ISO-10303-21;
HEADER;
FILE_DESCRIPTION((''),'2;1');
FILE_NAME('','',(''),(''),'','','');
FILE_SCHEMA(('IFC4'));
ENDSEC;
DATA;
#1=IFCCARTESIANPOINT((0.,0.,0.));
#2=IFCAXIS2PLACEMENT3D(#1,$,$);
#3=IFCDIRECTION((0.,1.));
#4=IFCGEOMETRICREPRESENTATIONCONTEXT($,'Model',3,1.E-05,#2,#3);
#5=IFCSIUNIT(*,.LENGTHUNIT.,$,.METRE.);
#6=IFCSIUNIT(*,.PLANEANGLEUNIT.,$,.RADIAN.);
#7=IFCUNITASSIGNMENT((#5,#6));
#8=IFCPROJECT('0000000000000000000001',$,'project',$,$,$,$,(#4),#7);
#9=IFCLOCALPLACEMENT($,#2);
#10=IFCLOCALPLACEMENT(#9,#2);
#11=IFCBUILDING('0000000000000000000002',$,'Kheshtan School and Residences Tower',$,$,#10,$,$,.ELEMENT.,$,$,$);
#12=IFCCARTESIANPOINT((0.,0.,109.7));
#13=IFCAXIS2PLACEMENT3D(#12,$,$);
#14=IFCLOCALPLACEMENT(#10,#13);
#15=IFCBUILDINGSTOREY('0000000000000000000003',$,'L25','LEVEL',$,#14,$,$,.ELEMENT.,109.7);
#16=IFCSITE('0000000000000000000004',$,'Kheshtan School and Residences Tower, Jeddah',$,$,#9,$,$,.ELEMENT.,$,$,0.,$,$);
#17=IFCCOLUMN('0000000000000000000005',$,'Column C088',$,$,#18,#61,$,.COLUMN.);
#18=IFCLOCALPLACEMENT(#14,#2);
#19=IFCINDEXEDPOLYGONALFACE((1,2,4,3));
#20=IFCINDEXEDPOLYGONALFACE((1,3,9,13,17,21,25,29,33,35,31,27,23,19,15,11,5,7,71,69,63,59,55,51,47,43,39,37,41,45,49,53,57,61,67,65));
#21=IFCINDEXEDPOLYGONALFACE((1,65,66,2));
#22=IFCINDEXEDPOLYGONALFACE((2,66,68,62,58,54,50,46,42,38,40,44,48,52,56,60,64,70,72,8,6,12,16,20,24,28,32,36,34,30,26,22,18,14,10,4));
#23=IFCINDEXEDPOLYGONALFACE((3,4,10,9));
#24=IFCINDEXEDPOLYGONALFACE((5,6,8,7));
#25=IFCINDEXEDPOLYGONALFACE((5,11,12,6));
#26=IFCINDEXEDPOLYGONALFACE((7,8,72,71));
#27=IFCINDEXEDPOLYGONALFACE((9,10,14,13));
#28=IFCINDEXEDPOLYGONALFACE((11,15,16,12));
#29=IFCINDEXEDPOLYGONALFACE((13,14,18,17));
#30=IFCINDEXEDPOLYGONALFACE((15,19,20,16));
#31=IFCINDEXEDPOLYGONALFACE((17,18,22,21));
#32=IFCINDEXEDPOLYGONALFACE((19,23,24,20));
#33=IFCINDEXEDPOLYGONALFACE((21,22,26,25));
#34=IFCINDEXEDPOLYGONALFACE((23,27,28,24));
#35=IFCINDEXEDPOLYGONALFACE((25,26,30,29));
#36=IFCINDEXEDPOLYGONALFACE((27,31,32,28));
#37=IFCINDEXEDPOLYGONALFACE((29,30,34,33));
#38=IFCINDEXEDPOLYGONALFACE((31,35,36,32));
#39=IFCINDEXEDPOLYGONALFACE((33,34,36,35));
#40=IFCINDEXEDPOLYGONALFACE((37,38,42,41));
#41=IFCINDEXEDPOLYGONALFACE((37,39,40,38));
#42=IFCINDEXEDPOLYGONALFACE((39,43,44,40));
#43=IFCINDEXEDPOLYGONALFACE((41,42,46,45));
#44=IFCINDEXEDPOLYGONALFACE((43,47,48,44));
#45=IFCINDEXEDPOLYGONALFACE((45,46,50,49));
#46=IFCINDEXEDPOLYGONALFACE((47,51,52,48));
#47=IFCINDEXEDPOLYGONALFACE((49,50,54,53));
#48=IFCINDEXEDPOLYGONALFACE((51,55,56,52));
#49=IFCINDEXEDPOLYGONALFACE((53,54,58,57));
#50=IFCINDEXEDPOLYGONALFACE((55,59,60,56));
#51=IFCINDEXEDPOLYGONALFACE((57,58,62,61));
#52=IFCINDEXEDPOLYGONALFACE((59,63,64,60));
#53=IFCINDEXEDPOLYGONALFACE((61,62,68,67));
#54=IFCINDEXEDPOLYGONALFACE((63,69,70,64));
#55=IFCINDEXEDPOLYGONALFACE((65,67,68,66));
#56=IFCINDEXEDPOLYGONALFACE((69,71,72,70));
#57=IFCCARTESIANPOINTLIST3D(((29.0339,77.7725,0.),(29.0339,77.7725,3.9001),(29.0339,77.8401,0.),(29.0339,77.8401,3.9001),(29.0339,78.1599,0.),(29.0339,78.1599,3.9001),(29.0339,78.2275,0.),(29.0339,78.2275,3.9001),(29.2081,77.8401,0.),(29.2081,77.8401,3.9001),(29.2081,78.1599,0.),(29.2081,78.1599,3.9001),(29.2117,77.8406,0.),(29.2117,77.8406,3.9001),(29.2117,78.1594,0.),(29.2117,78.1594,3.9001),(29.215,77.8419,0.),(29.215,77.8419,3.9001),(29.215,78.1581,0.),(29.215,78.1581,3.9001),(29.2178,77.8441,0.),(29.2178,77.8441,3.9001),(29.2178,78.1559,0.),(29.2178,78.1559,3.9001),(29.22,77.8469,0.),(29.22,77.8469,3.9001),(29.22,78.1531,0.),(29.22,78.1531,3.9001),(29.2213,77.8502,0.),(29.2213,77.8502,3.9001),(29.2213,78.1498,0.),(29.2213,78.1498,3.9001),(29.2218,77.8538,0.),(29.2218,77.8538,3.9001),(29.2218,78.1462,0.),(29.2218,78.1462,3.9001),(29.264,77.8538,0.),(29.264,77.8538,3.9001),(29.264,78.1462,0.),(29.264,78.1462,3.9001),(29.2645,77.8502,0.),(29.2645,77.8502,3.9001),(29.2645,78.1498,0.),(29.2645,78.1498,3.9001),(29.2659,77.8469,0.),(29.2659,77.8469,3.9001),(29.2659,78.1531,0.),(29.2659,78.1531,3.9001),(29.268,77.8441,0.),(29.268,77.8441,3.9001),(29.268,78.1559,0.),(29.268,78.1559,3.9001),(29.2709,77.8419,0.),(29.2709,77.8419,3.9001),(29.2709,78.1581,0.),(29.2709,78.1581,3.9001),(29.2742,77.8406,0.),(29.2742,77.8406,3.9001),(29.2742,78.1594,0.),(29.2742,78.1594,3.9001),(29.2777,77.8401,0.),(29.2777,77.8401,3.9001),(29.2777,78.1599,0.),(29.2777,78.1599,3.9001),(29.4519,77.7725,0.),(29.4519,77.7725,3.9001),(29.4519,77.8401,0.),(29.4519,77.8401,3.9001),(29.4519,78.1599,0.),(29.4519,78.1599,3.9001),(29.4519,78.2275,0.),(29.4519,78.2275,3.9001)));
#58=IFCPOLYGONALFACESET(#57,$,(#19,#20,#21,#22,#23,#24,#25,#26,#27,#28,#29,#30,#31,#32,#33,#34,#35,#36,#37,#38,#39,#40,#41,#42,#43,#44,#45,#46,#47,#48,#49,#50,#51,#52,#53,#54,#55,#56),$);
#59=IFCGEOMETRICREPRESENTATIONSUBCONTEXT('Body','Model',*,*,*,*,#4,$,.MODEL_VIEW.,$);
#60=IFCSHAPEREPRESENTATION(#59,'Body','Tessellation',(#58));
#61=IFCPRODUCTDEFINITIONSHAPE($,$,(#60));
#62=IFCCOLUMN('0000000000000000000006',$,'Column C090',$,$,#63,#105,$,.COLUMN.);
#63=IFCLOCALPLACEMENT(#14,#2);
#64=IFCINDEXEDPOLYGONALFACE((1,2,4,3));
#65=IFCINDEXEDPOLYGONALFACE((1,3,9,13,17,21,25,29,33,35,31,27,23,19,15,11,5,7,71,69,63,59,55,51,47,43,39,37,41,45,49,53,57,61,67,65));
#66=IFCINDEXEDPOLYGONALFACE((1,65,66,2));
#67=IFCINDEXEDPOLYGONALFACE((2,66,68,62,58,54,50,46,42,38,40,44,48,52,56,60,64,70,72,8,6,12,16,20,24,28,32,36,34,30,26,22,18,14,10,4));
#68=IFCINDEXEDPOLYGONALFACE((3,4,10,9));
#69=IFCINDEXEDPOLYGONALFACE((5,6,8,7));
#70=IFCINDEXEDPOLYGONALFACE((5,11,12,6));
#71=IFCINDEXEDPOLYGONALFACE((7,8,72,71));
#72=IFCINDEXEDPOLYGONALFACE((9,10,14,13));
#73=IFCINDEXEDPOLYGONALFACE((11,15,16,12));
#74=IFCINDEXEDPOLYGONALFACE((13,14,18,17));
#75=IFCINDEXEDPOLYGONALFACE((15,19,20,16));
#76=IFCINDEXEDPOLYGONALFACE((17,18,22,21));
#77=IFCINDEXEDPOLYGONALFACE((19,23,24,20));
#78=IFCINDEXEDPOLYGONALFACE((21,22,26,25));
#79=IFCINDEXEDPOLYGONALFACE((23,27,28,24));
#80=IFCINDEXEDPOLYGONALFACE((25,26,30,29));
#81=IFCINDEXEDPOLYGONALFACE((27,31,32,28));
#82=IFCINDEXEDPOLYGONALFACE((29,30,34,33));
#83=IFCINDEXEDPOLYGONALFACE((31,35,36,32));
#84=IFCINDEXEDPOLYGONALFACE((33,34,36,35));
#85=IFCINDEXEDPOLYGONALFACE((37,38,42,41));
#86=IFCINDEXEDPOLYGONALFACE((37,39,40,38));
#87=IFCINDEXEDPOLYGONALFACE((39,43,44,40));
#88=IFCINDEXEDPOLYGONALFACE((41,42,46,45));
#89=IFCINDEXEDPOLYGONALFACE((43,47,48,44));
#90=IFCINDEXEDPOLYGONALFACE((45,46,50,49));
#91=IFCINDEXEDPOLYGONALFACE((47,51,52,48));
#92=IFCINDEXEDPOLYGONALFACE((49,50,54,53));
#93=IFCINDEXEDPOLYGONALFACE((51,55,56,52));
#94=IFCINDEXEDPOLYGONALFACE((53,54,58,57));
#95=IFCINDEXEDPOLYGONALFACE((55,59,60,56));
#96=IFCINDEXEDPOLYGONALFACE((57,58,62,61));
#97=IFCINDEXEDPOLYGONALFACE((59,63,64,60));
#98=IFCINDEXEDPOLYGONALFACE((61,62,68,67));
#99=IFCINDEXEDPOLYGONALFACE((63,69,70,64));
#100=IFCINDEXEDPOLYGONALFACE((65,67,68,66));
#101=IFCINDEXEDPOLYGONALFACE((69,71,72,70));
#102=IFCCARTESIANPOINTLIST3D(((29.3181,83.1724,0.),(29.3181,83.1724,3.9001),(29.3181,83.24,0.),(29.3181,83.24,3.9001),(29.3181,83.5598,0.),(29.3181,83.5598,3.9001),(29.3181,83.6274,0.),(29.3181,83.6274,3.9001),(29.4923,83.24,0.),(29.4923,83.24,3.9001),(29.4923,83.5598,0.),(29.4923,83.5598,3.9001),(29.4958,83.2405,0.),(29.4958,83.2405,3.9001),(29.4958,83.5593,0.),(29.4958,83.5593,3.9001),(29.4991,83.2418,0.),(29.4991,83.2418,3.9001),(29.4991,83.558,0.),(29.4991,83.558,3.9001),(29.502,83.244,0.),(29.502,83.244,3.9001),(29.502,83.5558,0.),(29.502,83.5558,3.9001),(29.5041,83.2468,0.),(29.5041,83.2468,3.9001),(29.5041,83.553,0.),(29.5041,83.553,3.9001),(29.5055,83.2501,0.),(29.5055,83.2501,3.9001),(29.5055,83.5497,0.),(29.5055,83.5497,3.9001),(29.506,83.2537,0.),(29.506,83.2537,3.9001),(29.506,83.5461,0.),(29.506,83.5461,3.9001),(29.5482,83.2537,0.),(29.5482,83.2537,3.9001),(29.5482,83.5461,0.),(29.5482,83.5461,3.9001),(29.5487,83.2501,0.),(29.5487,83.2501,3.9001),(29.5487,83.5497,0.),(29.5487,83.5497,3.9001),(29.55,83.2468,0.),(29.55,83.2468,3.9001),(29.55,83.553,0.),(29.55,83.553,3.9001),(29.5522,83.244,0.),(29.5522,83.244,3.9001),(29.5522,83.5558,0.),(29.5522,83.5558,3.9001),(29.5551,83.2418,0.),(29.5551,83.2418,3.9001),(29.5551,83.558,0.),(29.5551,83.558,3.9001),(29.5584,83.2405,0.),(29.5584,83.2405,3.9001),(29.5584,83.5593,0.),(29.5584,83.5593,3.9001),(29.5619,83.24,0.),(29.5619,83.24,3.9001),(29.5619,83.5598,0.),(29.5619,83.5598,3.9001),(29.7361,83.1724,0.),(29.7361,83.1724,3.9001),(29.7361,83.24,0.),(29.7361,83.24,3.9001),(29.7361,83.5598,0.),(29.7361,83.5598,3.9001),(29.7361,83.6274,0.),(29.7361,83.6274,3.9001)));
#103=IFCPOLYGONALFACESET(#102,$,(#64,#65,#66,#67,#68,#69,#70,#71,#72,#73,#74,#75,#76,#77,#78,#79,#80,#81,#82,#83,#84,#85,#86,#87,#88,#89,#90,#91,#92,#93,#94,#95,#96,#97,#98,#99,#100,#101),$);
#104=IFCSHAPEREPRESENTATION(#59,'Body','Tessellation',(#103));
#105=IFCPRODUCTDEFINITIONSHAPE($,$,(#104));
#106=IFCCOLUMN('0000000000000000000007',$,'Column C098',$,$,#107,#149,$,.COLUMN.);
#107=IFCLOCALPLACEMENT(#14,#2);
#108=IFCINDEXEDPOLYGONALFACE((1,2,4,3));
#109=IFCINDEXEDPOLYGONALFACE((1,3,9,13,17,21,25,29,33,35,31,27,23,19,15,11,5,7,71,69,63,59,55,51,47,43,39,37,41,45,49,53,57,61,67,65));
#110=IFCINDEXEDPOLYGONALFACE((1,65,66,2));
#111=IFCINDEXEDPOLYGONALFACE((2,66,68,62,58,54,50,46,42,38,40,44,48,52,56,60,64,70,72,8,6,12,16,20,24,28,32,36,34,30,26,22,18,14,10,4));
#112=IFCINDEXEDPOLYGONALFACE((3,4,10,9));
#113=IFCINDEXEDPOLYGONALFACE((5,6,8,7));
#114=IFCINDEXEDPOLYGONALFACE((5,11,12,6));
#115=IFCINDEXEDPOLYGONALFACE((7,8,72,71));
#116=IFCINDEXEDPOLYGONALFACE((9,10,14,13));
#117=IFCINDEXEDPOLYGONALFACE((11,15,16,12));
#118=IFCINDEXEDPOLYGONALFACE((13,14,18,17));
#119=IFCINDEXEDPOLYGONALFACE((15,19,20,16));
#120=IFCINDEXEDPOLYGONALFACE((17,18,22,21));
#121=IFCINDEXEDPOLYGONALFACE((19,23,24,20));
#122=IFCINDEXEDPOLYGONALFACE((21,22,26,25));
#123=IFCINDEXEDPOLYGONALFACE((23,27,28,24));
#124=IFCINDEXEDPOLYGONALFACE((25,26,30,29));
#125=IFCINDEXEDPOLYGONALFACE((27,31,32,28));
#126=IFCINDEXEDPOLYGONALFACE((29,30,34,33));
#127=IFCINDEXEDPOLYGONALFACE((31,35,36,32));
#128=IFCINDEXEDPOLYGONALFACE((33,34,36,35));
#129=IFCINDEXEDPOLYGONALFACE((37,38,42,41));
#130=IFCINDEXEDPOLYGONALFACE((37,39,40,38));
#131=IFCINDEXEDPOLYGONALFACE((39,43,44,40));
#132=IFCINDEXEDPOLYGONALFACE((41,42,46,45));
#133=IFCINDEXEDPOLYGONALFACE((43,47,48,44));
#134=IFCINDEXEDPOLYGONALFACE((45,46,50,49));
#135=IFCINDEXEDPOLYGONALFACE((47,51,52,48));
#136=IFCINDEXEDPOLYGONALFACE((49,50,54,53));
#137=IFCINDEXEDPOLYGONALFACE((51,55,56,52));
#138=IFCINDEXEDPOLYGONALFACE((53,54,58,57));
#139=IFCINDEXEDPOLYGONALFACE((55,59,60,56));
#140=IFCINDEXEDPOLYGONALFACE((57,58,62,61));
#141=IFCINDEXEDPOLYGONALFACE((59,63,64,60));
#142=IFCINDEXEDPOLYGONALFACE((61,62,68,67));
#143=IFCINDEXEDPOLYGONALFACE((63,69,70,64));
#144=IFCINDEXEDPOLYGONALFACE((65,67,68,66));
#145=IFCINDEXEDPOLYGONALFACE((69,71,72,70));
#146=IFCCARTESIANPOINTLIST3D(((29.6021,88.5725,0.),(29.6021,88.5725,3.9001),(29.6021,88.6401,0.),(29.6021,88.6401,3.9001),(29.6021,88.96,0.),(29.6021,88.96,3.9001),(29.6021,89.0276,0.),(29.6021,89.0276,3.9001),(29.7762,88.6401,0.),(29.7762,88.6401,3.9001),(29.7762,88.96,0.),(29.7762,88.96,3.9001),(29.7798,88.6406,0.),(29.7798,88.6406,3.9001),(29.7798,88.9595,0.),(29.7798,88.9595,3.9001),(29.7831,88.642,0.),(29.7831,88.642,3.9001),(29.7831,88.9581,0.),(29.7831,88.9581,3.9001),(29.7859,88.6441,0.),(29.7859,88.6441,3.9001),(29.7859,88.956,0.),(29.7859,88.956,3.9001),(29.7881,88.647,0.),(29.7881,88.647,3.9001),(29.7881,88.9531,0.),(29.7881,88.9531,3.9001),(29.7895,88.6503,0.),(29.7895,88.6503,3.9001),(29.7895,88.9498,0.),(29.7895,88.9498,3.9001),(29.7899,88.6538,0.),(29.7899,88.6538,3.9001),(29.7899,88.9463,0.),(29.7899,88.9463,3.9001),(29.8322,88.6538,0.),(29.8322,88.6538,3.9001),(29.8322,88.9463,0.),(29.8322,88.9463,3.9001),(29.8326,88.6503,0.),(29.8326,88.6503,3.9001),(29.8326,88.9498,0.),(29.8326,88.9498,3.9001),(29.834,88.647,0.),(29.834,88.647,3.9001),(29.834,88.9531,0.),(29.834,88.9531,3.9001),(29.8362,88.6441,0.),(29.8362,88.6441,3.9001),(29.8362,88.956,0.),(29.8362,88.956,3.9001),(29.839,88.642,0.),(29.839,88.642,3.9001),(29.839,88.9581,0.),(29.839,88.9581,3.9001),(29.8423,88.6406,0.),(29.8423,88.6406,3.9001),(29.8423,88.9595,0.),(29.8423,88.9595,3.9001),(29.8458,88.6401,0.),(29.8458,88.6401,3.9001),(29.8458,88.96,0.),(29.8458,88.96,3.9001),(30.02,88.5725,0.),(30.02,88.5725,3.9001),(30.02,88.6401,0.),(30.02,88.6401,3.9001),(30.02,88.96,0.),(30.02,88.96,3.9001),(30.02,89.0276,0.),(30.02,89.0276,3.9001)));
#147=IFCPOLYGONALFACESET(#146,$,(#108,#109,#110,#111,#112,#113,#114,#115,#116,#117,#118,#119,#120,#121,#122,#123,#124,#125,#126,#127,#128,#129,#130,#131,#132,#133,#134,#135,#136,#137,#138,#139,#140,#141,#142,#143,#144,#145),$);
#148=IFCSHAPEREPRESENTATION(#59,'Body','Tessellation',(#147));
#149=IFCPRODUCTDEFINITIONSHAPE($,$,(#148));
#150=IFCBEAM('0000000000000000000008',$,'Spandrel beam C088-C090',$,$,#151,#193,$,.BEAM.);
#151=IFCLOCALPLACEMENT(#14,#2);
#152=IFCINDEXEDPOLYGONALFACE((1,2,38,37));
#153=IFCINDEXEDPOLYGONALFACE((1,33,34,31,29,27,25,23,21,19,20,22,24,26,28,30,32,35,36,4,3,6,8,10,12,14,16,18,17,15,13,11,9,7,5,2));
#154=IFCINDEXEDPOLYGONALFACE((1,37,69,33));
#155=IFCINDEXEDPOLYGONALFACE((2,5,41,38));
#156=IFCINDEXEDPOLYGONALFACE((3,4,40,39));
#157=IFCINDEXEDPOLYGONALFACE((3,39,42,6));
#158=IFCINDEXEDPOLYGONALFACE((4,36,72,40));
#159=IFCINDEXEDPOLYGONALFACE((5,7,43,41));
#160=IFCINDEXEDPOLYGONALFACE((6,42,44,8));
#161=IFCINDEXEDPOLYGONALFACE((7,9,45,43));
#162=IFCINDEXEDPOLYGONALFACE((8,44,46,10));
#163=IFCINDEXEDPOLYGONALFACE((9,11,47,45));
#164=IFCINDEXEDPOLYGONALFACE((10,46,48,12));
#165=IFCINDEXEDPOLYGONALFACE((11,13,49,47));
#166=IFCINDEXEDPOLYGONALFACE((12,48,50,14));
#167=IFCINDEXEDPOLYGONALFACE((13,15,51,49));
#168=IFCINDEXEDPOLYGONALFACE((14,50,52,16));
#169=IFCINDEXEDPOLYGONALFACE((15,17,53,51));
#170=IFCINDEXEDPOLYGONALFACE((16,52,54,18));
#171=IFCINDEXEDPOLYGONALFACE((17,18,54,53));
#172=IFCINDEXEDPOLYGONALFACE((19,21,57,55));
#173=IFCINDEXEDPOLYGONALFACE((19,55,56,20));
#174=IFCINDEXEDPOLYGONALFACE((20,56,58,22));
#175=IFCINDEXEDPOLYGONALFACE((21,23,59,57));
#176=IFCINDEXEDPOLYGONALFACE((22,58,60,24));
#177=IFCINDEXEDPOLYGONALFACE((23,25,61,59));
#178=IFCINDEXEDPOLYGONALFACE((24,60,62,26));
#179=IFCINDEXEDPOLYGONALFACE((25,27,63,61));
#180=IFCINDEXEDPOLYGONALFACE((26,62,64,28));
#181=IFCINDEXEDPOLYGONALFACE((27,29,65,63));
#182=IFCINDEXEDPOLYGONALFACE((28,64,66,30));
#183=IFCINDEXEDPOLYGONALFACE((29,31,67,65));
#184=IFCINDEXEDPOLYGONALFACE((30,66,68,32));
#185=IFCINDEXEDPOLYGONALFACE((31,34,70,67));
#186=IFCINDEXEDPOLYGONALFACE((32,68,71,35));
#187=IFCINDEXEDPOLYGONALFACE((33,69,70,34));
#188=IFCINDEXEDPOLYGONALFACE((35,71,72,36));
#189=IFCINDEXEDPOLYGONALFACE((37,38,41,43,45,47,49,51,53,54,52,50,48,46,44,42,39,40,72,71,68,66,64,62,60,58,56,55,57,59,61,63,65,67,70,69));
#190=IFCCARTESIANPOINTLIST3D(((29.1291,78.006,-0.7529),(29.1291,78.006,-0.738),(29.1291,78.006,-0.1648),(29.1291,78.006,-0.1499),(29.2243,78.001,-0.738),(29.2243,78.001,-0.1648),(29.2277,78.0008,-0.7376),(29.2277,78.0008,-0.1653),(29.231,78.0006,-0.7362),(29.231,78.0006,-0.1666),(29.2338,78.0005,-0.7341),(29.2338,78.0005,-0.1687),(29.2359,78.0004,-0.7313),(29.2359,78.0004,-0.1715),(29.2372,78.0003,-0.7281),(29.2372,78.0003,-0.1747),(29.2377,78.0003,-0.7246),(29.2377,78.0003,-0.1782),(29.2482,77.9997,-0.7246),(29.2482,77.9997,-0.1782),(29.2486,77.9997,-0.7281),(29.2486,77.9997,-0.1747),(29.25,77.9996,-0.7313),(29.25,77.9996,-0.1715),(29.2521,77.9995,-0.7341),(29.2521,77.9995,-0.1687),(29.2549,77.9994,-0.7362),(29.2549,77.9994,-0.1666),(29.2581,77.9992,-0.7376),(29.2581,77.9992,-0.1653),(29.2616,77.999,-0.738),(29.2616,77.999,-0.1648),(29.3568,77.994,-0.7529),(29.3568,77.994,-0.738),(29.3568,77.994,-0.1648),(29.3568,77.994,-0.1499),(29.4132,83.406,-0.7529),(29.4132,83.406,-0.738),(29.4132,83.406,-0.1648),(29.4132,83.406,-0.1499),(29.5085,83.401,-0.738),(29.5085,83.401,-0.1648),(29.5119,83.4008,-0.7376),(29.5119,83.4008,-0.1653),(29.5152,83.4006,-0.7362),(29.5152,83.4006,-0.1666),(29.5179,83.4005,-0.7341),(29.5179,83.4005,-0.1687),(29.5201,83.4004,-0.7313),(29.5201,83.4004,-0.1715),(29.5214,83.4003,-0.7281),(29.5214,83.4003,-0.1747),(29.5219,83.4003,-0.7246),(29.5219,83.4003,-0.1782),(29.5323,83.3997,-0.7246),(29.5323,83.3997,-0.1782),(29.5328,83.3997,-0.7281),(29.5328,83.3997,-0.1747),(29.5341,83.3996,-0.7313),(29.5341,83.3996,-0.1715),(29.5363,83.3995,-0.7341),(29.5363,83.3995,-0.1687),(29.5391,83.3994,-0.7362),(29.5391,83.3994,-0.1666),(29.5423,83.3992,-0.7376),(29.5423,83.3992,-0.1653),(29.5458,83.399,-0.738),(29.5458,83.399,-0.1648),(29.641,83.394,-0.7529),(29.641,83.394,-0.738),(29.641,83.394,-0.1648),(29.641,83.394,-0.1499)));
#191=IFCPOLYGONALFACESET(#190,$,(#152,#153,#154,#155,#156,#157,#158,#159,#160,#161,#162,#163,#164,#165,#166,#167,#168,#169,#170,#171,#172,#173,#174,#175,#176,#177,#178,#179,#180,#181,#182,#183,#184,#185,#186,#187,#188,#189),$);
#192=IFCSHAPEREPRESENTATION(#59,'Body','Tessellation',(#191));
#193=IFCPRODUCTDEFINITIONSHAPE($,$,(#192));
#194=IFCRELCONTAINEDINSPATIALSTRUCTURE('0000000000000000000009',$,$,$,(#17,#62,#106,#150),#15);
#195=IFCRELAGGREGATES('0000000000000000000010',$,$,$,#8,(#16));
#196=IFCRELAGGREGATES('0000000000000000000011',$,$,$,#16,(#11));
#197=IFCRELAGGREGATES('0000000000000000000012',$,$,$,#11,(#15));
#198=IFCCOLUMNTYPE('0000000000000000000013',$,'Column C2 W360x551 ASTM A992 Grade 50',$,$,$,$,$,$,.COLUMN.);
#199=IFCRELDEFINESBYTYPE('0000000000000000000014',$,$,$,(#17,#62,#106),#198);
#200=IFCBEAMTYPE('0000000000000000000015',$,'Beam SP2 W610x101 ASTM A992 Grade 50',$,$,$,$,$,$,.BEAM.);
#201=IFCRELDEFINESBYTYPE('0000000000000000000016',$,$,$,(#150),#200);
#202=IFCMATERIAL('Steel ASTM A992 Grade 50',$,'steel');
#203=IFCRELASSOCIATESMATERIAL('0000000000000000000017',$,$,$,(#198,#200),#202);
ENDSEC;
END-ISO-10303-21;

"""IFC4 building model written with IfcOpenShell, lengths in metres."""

from ifc_helpers import new_model, si_unit, direction, frame, origin, origin_2d, place, context, subcontext, project, spatial, i_section, extrude, material, material_profile, profile_set, type_object, element, save


model = new_model("IFC4")

# Units and contexts
model_context = context("Model", 3, precision=1e-05, world=origin(), true_north=direction((0.0, 1.0)))
body_context = subcontext(model_context, "Body", "Model", "MODEL_VIEW")
ifc_project = project(units=[si_unit("LENGTHUNIT", "METRE"), si_unit("PLANEANGLEUNIT", "RADIAN")], contexts=[model_context])

# Site, building, storey
site_placement = place(None, origin())
site = spatial("IfcSite", under=ifc_project, at=site_placement, Name="Kheshtan School and Residences Tower, Jeddah", CompositionType="ELEMENT", RefElevation=0.0)
building_placement = place(site_placement, origin())
building = spatial("IfcBuilding", under=site, at=building_placement, Name="Kheshtan School and Residences Tower", CompositionType="ELEMENT")
storey_placement = place(building_placement, frame((0.0, 0.0, 109.7)))
storey = spatial("IfcBuildingStorey", under=building, at=storey_placement, Name="L25", Description="LEVEL", CompositionType="ELEMENT", Elevation=109.7)

# Columns
ifc_material_1 = material(Name="Steel ASTM A992 Grade 50", Category="steel")
ifc_material_profile_1 = material_profile(ifc_material_1, i_section(OverallWidth=0.418, OverallDepth=0.4551, WebThickness=0.0422, FlangeThickness=0.0676, FilletRadius=0.0137, at=origin_2d()), Name="W360x551")
ifc_profile_set_1 = profile_set([ifc_material_profile_1], Name="Steel ASTM A992 Grade 50")
column_type = type_object("IfcColumnType", Name="Column C2 W360x551 ASTM A992 Grade 50", PredefinedType="COLUMN", material=ifc_profile_set_1)
for number, where, z_axis, x_axis, name in (
    (1, (29.2429, 78.0, 0.0), (0.0, 0.0, 1.0), (1.0, 0.0, 0.0), "Column C088"),
    (2, (29.5271, 83.3999, 0.0), (0.0, 0.0, 1.0), (1.0, 0.0, 0.0), "Column C090"),
    (3, (29.811, 88.8, 0.0), (0.0, 0.0, 1.0), (1.0, 0.0, 0.0), "Column C098"),
):
    element("IfcColumn", number, at=place(storey_placement, frame(where, z_axis=z_axis, x_axis=x_axis)), inside=storey, type_object=column_type, Name=name, PredefinedType="COLUMN", context=body_context, shape_type="SweptSolid", body=[
        extrude(i_section(OverallWidth=0.418, OverallDepth=0.4551, WebThickness=0.0422, FlangeThickness=0.0676, FilletRadius=0.0137, at=origin_2d()), origin(), (0.0, 0.0, 1.0), 3.9001),
    ])

# Beam
ifc_material_profile_2 = material_profile(ifc_material_1, i_section(OverallWidth=0.228, OverallDepth=0.603, WebThickness=0.0105, FlangeThickness=0.0149, FilletRadius=0.0134, at=origin_2d()), Name="W610x101")
ifc_profile_set_2 = profile_set([ifc_material_profile_2], Name="Steel ASTM A992 Grade 50")
beam_type_1 = type_object("IfcBeamType", Name="Beam SP2 W610x101 ASTM A992 Grade 50", PredefinedType="BEAM", material=ifc_profile_set_2)
beam_1_placement = place(storey_placement, frame((29.2429, 78.0, -0.4514), z_axis=(0.052554, 0.998618, 0.0), x_axis=(-0.998618, 0.052554, 0.0)))
element("IfcBeam", 4, at=beam_1_placement, inside=storey, type_object=beam_type_1, Name="Spandrel beam C088-C090", PredefinedType="BEAM", context=body_context, shape_type="SweptSolid", body=[
    extrude(i_section(OverallWidth=0.228, OverallDepth=0.603, WebThickness=0.0105, FlangeThickness=0.0149, FilletRadius=0.0134, at=origin_2d()), origin(), (0.0, 0.0, 1.0), 5.4075),
])

save(model, "model.ifc")
